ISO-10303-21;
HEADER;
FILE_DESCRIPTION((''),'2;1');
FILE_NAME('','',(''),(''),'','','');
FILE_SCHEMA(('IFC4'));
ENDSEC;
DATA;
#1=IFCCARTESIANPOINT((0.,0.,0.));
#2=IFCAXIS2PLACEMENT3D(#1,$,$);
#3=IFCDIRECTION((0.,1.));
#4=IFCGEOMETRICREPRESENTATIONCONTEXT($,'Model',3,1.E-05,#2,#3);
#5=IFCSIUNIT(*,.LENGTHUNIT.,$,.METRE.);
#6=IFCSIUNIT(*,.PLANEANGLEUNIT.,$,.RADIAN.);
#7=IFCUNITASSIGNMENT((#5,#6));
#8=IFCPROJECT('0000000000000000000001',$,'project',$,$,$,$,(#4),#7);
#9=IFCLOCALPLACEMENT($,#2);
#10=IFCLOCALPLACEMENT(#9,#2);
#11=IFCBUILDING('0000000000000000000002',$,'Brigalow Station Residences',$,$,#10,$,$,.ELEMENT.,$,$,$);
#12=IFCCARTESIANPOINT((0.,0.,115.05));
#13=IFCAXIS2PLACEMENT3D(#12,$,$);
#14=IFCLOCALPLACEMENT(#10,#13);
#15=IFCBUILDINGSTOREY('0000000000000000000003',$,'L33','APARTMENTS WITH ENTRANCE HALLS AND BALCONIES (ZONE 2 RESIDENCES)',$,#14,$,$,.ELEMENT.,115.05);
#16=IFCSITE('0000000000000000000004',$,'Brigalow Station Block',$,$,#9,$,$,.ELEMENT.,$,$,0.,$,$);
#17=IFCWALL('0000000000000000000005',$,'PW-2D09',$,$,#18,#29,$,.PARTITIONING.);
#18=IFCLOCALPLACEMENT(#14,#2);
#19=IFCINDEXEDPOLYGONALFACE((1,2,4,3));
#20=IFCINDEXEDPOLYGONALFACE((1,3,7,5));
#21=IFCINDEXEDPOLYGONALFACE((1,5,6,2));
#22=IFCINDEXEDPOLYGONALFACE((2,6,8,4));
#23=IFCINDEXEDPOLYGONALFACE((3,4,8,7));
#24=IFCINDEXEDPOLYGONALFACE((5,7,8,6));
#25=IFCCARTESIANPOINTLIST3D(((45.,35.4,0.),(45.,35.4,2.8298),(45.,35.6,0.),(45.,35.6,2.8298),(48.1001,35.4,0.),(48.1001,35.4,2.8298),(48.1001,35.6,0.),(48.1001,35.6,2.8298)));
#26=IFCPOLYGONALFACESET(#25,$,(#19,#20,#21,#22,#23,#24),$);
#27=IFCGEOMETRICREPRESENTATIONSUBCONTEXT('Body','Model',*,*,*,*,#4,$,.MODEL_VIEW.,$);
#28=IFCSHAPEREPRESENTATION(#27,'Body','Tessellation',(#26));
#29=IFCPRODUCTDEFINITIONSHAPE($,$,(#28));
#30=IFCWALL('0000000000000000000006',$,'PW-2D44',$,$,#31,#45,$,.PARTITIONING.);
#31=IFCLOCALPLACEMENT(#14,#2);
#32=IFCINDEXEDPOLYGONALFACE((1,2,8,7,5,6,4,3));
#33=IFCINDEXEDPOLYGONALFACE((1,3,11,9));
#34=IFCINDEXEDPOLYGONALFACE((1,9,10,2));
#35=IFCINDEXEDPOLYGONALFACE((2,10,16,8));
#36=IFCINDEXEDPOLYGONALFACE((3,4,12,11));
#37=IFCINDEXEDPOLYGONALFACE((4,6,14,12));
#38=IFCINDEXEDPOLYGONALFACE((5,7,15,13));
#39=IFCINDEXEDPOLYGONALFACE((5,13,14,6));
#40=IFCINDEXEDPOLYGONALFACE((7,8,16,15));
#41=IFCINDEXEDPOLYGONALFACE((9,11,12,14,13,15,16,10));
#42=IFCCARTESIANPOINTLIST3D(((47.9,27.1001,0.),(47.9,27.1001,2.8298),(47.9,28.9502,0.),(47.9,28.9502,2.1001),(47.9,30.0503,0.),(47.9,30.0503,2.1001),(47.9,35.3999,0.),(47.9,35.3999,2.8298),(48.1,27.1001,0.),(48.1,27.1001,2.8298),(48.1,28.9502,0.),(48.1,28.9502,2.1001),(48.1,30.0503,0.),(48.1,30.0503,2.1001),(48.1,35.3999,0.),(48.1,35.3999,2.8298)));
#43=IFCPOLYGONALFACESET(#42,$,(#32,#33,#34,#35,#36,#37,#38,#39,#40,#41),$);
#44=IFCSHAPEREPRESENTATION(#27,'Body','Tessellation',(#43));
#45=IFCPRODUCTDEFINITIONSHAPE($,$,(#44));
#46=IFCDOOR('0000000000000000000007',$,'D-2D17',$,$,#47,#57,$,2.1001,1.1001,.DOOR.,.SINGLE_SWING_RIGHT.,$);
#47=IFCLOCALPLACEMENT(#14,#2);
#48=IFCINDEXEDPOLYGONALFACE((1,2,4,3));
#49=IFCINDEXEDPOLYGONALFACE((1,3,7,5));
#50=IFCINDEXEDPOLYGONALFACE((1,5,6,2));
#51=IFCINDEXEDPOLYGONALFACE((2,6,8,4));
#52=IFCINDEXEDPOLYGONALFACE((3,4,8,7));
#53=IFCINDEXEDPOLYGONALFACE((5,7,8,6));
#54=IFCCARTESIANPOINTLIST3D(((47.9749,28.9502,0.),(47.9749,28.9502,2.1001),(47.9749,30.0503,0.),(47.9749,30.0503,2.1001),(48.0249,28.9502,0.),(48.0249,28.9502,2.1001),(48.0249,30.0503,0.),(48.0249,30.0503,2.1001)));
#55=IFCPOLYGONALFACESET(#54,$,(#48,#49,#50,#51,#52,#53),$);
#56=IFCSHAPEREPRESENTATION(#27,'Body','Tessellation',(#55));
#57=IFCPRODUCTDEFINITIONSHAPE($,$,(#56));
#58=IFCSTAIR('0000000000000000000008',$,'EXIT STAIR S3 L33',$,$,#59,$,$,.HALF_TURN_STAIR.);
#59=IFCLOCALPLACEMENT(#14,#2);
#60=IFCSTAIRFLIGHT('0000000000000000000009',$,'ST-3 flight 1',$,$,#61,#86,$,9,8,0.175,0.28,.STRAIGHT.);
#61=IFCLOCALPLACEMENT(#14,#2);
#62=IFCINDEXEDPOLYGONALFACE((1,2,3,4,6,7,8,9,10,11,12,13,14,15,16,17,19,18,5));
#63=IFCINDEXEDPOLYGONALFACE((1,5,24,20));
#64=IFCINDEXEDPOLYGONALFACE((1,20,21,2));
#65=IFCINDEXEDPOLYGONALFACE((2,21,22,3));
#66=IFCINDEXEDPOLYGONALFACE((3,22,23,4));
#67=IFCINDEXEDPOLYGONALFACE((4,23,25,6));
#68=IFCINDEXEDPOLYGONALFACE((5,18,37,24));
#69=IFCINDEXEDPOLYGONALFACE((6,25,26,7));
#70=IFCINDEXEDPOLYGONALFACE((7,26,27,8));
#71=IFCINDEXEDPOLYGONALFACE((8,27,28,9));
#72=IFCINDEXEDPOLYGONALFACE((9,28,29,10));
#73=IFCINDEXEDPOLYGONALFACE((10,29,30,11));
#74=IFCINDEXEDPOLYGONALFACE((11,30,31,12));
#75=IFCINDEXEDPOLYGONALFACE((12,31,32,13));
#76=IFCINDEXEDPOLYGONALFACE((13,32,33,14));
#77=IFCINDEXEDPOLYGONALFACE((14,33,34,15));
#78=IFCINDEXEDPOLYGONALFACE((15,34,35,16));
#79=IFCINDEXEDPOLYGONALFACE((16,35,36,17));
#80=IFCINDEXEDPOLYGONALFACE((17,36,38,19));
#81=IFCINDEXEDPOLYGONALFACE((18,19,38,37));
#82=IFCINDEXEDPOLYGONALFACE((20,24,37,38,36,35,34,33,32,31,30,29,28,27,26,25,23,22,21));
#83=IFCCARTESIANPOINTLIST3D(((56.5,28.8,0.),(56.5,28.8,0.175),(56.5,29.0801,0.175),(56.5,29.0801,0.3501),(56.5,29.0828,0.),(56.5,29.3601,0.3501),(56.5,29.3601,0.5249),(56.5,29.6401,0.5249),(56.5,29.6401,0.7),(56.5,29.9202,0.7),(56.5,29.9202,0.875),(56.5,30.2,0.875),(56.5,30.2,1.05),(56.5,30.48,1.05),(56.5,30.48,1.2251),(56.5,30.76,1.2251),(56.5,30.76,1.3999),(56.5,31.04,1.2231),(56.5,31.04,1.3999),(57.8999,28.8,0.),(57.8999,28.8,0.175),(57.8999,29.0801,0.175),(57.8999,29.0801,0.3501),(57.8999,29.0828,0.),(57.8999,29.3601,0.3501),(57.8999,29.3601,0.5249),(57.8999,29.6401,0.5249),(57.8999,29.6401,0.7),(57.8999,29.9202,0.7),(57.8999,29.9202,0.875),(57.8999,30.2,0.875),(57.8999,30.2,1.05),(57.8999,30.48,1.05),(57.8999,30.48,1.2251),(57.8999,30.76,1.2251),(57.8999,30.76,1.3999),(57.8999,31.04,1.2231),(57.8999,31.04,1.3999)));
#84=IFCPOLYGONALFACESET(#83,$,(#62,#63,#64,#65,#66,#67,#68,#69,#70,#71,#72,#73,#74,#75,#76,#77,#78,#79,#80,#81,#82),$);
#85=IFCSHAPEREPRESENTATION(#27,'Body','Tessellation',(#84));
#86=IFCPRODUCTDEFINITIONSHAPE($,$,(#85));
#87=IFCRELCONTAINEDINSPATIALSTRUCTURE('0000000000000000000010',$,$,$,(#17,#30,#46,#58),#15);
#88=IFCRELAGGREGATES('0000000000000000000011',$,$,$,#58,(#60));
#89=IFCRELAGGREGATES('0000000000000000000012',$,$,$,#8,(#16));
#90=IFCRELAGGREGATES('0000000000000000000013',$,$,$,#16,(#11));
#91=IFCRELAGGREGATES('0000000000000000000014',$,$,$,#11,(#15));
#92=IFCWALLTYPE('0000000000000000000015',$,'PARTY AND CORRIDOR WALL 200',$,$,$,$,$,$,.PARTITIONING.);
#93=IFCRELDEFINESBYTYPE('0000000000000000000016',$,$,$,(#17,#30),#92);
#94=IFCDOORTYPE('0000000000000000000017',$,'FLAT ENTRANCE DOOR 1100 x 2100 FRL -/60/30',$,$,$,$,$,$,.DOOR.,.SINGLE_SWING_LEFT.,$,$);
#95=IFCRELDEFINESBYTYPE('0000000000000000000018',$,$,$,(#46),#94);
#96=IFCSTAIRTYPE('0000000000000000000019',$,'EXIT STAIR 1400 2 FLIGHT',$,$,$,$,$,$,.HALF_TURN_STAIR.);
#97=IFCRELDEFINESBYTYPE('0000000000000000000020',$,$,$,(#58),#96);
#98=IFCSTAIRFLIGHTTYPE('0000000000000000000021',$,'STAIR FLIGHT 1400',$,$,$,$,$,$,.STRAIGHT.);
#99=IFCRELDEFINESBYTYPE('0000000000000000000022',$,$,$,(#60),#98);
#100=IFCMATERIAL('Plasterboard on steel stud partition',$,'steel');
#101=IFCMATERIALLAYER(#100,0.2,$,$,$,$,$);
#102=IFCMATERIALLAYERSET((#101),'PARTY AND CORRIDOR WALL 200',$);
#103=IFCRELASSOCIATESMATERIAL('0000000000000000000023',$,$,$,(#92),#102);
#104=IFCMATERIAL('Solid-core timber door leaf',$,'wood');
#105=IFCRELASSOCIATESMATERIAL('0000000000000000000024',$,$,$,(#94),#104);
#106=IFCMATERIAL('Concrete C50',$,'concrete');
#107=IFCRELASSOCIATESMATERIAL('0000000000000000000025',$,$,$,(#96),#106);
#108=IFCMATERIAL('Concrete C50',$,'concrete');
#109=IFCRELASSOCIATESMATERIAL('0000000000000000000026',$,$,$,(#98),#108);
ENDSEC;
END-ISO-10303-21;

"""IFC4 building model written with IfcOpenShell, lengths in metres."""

from ifc_helpers import new_model, si_unit, direction, frame, frame_2d, origin, place, context, subcontext, project, spatial, polyline, rectangle, outline, extrude, material, layer, layer_set, type_object, element, fill, aggregate, save


model = new_model("IFC4")

# Units and contexts
model_context = context("Model", 3, precision=1e-05, world=origin(), true_north=direction((0.0, 1.0)))
body_context = subcontext(model_context, "Body", "Model", "MODEL_VIEW")
ifc_project = project(units=[si_unit("LENGTHUNIT", "METRE"), si_unit("PLANEANGLEUNIT", "RADIAN")], contexts=[model_context])

# Site, building, storey
site_placement = place(None, origin())
site = spatial("IfcSite", under=ifc_project, at=site_placement, Name="Brigalow Station Block", CompositionType="ELEMENT", RefElevation=0.0)
building_placement = place(site_placement, origin())
building = spatial("IfcBuilding", under=site, at=building_placement, Name="Brigalow Station Residences", CompositionType="ELEMENT")
storey_placement = place(building_placement, frame((0.0, 0.0, 115.05)))
storey = spatial("IfcBuildingStorey", under=building, at=storey_placement, Name="L33", Description="APARTMENTS WITH ENTRANCE HALLS AND BALCONIES (ZONE 2 RESIDENCES)", CompositionType="ELEMENT", Elevation=115.05)

# Wall
ifc_material_1 = material(Name="Plasterboard on steel stud partition", Category="steel")
ifc_layer_1 = layer(ifc_material_1, 0.2)
ifc_layer_set_1 = layer_set([ifc_layer_1], Name="PARTY AND CORRIDOR WALL 200")
wall_type_1 = type_object("IfcWallType", Name="PARTY AND CORRIDOR WALL 200", PredefinedType="PARTITIONING", material=ifc_layer_set_1)
wall_1_placement = place(storey_placement, frame((45.0, 35.5, 0.0), z_axis=(0.0, 0.0, 1.0), x_axis=(1.0, 0.0, 0.0)))
element("IfcWall", 1, at=wall_1_placement, inside=storey, type_object=wall_type_1, Name="PW-2D09", PredefinedType="PARTITIONING", context=body_context, shape_type="SweptSolid", body=[
    extrude(rectangle(XDim=3.1001, YDim=0.2, at=frame_2d((1.55, 0.0))), origin(), (0.0, 0.0, 1.0), 2.8298),
])

# Wall, opening, door
wall_2_placement = place(storey_placement, frame((48.0, 27.1001, 0.0), z_axis=(0.0, 0.0, 1.0), x_axis=(0.0, 1.0, 0.0)))
wall_2 = element("IfcWall", 2, at=wall_2_placement, inside=storey, type_object=wall_type_1, Name="PW-2D44", PredefinedType="PARTITIONING", context=body_context, shape_type="SweptSolid", body=[
    extrude(rectangle(XDim=8.2998, YDim=0.2, at=frame_2d((4.1499, 0.0))), origin(), (0.0, 0.0, 1.0), 2.8298),
])
opening_1_placement = place(wall_2_placement, frame((1.8501, 0.0, 0.0)))
opening_1 = element("IfcOpeningElement", 3, at=opening_1_placement, cuts=wall_2, PredefinedType="OPENING", context=body_context, shape_type="SweptSolid", body=[
    extrude(rectangle(XDim=1.1001, YDim=2.1001, at=frame_2d((0.55, 1.05))), frame((0.0, 0.1099, 0.0), z_axis=(0.0, -1.0, 0.0), x_axis=(1.0, 0.0, 0.0)), (0.0, 0.0, 1.0), 0.22),
])
ifc_material_2 = material(Name="Solid-core timber door leaf", Category="wood")
door_type_1 = type_object("IfcDoorType", Name="FLAT ENTRANCE DOOR 1100 x 2100 FRL -/60/30", OperationType="SINGLE_SWING_LEFT", PredefinedType="DOOR", material=ifc_material_2)
door_1_placement = place(opening_1_placement, frame((1.1001, 0.0, 0.0), z_axis=(0.0, 0.0, 1.0), x_axis=(-1.0, 0.0, 0.0)))
door_1 = element("IfcDoor", 4, at=door_1_placement, inside=storey, type_object=door_type_1, Name="D-2D17", OperationType="SINGLE_SWING_RIGHT", OverallHeight=2.1001, OverallWidth=1.1001, PredefinedType="DOOR", context=body_context, shape_type="SweptSolid", body=[
    extrude(rectangle(XDim=1.1001, YDim=2.1001, at=frame_2d((0.55, 1.05))), frame((0.0, 0.0249, 0.0), z_axis=(0.0, -1.0, 0.0), x_axis=(1.0, 0.0, 0.0)), (0.0, 0.0, 1.0), 0.05),
])
fill(opening_1, door_1)

# Stair, stair flight
ifc_material_3 = material(Name="Concrete C50", Category="concrete")
stair_type = type_object("IfcStairType", Name="EXIT STAIR 1400 2 FLIGHT", PredefinedType="HALF_TURN_STAIR", material=ifc_material_3)
stair_placement = place(storey_placement, origin())
stair = element("IfcStair", 5, at=stair_placement, inside=storey, type_object=stair_type, Name="EXIT STAIR S3 L33", PredefinedType="HALF_TURN_STAIR")
ifc_material_4 = material(Name="Concrete C50", Category="concrete")
stair_flight_type = type_object("IfcStairFlightType", Name="STAIR FLIGHT 1400", PredefinedType="STRAIGHT", material=ifc_material_4)
stair_flight_placement = place(storey_placement, frame((57.2, 28.8, 0.0), z_axis=(0.0, 0.0, 1.0), x_axis=(0.0, 1.0, 0.0)))
stair_flight = element("IfcStairFlight", 6, at=stair_flight_placement, type_object=stair_flight_type, Name="ST-3 flight 1", NumberOfRisers=9, NumberOfTreads=8, PredefinedType="STRAIGHT", RiserHeight=0.175, TreadLength=0.28, context=body_context, shape_type="SweptSolid", body=[
    extrude(outline(polyline([(0.0, 0.0), (0.0, 0.175), (0.28, 0.175), (0.28, 0.3501), (0.5601, 0.3501), (0.5601, 0.5249), (0.8401, 0.5249), (0.8401, 0.7), (1.1201, 0.7), (1.1201, 0.875), (1.3999, 0.875), (1.3999, 1.05), (1.6799, 1.05), (1.6799, 1.2251), (1.96, 1.2251), (1.96, 1.3999), (2.24, 1.3999), (2.24, 1.575), (2.24, 1.2231), (0.2827, 0.0), (0.0, 0.0)])), frame((0.0, 0.7, 0.0), z_axis=(0.0, -1.0, 0.0), x_axis=(1.0, 0.0, 0.0)), (0.0, 0.0, 1.0), 1.3999),
])
aggregate(stair, [stair_flight])

save(model, "model.ifc")
